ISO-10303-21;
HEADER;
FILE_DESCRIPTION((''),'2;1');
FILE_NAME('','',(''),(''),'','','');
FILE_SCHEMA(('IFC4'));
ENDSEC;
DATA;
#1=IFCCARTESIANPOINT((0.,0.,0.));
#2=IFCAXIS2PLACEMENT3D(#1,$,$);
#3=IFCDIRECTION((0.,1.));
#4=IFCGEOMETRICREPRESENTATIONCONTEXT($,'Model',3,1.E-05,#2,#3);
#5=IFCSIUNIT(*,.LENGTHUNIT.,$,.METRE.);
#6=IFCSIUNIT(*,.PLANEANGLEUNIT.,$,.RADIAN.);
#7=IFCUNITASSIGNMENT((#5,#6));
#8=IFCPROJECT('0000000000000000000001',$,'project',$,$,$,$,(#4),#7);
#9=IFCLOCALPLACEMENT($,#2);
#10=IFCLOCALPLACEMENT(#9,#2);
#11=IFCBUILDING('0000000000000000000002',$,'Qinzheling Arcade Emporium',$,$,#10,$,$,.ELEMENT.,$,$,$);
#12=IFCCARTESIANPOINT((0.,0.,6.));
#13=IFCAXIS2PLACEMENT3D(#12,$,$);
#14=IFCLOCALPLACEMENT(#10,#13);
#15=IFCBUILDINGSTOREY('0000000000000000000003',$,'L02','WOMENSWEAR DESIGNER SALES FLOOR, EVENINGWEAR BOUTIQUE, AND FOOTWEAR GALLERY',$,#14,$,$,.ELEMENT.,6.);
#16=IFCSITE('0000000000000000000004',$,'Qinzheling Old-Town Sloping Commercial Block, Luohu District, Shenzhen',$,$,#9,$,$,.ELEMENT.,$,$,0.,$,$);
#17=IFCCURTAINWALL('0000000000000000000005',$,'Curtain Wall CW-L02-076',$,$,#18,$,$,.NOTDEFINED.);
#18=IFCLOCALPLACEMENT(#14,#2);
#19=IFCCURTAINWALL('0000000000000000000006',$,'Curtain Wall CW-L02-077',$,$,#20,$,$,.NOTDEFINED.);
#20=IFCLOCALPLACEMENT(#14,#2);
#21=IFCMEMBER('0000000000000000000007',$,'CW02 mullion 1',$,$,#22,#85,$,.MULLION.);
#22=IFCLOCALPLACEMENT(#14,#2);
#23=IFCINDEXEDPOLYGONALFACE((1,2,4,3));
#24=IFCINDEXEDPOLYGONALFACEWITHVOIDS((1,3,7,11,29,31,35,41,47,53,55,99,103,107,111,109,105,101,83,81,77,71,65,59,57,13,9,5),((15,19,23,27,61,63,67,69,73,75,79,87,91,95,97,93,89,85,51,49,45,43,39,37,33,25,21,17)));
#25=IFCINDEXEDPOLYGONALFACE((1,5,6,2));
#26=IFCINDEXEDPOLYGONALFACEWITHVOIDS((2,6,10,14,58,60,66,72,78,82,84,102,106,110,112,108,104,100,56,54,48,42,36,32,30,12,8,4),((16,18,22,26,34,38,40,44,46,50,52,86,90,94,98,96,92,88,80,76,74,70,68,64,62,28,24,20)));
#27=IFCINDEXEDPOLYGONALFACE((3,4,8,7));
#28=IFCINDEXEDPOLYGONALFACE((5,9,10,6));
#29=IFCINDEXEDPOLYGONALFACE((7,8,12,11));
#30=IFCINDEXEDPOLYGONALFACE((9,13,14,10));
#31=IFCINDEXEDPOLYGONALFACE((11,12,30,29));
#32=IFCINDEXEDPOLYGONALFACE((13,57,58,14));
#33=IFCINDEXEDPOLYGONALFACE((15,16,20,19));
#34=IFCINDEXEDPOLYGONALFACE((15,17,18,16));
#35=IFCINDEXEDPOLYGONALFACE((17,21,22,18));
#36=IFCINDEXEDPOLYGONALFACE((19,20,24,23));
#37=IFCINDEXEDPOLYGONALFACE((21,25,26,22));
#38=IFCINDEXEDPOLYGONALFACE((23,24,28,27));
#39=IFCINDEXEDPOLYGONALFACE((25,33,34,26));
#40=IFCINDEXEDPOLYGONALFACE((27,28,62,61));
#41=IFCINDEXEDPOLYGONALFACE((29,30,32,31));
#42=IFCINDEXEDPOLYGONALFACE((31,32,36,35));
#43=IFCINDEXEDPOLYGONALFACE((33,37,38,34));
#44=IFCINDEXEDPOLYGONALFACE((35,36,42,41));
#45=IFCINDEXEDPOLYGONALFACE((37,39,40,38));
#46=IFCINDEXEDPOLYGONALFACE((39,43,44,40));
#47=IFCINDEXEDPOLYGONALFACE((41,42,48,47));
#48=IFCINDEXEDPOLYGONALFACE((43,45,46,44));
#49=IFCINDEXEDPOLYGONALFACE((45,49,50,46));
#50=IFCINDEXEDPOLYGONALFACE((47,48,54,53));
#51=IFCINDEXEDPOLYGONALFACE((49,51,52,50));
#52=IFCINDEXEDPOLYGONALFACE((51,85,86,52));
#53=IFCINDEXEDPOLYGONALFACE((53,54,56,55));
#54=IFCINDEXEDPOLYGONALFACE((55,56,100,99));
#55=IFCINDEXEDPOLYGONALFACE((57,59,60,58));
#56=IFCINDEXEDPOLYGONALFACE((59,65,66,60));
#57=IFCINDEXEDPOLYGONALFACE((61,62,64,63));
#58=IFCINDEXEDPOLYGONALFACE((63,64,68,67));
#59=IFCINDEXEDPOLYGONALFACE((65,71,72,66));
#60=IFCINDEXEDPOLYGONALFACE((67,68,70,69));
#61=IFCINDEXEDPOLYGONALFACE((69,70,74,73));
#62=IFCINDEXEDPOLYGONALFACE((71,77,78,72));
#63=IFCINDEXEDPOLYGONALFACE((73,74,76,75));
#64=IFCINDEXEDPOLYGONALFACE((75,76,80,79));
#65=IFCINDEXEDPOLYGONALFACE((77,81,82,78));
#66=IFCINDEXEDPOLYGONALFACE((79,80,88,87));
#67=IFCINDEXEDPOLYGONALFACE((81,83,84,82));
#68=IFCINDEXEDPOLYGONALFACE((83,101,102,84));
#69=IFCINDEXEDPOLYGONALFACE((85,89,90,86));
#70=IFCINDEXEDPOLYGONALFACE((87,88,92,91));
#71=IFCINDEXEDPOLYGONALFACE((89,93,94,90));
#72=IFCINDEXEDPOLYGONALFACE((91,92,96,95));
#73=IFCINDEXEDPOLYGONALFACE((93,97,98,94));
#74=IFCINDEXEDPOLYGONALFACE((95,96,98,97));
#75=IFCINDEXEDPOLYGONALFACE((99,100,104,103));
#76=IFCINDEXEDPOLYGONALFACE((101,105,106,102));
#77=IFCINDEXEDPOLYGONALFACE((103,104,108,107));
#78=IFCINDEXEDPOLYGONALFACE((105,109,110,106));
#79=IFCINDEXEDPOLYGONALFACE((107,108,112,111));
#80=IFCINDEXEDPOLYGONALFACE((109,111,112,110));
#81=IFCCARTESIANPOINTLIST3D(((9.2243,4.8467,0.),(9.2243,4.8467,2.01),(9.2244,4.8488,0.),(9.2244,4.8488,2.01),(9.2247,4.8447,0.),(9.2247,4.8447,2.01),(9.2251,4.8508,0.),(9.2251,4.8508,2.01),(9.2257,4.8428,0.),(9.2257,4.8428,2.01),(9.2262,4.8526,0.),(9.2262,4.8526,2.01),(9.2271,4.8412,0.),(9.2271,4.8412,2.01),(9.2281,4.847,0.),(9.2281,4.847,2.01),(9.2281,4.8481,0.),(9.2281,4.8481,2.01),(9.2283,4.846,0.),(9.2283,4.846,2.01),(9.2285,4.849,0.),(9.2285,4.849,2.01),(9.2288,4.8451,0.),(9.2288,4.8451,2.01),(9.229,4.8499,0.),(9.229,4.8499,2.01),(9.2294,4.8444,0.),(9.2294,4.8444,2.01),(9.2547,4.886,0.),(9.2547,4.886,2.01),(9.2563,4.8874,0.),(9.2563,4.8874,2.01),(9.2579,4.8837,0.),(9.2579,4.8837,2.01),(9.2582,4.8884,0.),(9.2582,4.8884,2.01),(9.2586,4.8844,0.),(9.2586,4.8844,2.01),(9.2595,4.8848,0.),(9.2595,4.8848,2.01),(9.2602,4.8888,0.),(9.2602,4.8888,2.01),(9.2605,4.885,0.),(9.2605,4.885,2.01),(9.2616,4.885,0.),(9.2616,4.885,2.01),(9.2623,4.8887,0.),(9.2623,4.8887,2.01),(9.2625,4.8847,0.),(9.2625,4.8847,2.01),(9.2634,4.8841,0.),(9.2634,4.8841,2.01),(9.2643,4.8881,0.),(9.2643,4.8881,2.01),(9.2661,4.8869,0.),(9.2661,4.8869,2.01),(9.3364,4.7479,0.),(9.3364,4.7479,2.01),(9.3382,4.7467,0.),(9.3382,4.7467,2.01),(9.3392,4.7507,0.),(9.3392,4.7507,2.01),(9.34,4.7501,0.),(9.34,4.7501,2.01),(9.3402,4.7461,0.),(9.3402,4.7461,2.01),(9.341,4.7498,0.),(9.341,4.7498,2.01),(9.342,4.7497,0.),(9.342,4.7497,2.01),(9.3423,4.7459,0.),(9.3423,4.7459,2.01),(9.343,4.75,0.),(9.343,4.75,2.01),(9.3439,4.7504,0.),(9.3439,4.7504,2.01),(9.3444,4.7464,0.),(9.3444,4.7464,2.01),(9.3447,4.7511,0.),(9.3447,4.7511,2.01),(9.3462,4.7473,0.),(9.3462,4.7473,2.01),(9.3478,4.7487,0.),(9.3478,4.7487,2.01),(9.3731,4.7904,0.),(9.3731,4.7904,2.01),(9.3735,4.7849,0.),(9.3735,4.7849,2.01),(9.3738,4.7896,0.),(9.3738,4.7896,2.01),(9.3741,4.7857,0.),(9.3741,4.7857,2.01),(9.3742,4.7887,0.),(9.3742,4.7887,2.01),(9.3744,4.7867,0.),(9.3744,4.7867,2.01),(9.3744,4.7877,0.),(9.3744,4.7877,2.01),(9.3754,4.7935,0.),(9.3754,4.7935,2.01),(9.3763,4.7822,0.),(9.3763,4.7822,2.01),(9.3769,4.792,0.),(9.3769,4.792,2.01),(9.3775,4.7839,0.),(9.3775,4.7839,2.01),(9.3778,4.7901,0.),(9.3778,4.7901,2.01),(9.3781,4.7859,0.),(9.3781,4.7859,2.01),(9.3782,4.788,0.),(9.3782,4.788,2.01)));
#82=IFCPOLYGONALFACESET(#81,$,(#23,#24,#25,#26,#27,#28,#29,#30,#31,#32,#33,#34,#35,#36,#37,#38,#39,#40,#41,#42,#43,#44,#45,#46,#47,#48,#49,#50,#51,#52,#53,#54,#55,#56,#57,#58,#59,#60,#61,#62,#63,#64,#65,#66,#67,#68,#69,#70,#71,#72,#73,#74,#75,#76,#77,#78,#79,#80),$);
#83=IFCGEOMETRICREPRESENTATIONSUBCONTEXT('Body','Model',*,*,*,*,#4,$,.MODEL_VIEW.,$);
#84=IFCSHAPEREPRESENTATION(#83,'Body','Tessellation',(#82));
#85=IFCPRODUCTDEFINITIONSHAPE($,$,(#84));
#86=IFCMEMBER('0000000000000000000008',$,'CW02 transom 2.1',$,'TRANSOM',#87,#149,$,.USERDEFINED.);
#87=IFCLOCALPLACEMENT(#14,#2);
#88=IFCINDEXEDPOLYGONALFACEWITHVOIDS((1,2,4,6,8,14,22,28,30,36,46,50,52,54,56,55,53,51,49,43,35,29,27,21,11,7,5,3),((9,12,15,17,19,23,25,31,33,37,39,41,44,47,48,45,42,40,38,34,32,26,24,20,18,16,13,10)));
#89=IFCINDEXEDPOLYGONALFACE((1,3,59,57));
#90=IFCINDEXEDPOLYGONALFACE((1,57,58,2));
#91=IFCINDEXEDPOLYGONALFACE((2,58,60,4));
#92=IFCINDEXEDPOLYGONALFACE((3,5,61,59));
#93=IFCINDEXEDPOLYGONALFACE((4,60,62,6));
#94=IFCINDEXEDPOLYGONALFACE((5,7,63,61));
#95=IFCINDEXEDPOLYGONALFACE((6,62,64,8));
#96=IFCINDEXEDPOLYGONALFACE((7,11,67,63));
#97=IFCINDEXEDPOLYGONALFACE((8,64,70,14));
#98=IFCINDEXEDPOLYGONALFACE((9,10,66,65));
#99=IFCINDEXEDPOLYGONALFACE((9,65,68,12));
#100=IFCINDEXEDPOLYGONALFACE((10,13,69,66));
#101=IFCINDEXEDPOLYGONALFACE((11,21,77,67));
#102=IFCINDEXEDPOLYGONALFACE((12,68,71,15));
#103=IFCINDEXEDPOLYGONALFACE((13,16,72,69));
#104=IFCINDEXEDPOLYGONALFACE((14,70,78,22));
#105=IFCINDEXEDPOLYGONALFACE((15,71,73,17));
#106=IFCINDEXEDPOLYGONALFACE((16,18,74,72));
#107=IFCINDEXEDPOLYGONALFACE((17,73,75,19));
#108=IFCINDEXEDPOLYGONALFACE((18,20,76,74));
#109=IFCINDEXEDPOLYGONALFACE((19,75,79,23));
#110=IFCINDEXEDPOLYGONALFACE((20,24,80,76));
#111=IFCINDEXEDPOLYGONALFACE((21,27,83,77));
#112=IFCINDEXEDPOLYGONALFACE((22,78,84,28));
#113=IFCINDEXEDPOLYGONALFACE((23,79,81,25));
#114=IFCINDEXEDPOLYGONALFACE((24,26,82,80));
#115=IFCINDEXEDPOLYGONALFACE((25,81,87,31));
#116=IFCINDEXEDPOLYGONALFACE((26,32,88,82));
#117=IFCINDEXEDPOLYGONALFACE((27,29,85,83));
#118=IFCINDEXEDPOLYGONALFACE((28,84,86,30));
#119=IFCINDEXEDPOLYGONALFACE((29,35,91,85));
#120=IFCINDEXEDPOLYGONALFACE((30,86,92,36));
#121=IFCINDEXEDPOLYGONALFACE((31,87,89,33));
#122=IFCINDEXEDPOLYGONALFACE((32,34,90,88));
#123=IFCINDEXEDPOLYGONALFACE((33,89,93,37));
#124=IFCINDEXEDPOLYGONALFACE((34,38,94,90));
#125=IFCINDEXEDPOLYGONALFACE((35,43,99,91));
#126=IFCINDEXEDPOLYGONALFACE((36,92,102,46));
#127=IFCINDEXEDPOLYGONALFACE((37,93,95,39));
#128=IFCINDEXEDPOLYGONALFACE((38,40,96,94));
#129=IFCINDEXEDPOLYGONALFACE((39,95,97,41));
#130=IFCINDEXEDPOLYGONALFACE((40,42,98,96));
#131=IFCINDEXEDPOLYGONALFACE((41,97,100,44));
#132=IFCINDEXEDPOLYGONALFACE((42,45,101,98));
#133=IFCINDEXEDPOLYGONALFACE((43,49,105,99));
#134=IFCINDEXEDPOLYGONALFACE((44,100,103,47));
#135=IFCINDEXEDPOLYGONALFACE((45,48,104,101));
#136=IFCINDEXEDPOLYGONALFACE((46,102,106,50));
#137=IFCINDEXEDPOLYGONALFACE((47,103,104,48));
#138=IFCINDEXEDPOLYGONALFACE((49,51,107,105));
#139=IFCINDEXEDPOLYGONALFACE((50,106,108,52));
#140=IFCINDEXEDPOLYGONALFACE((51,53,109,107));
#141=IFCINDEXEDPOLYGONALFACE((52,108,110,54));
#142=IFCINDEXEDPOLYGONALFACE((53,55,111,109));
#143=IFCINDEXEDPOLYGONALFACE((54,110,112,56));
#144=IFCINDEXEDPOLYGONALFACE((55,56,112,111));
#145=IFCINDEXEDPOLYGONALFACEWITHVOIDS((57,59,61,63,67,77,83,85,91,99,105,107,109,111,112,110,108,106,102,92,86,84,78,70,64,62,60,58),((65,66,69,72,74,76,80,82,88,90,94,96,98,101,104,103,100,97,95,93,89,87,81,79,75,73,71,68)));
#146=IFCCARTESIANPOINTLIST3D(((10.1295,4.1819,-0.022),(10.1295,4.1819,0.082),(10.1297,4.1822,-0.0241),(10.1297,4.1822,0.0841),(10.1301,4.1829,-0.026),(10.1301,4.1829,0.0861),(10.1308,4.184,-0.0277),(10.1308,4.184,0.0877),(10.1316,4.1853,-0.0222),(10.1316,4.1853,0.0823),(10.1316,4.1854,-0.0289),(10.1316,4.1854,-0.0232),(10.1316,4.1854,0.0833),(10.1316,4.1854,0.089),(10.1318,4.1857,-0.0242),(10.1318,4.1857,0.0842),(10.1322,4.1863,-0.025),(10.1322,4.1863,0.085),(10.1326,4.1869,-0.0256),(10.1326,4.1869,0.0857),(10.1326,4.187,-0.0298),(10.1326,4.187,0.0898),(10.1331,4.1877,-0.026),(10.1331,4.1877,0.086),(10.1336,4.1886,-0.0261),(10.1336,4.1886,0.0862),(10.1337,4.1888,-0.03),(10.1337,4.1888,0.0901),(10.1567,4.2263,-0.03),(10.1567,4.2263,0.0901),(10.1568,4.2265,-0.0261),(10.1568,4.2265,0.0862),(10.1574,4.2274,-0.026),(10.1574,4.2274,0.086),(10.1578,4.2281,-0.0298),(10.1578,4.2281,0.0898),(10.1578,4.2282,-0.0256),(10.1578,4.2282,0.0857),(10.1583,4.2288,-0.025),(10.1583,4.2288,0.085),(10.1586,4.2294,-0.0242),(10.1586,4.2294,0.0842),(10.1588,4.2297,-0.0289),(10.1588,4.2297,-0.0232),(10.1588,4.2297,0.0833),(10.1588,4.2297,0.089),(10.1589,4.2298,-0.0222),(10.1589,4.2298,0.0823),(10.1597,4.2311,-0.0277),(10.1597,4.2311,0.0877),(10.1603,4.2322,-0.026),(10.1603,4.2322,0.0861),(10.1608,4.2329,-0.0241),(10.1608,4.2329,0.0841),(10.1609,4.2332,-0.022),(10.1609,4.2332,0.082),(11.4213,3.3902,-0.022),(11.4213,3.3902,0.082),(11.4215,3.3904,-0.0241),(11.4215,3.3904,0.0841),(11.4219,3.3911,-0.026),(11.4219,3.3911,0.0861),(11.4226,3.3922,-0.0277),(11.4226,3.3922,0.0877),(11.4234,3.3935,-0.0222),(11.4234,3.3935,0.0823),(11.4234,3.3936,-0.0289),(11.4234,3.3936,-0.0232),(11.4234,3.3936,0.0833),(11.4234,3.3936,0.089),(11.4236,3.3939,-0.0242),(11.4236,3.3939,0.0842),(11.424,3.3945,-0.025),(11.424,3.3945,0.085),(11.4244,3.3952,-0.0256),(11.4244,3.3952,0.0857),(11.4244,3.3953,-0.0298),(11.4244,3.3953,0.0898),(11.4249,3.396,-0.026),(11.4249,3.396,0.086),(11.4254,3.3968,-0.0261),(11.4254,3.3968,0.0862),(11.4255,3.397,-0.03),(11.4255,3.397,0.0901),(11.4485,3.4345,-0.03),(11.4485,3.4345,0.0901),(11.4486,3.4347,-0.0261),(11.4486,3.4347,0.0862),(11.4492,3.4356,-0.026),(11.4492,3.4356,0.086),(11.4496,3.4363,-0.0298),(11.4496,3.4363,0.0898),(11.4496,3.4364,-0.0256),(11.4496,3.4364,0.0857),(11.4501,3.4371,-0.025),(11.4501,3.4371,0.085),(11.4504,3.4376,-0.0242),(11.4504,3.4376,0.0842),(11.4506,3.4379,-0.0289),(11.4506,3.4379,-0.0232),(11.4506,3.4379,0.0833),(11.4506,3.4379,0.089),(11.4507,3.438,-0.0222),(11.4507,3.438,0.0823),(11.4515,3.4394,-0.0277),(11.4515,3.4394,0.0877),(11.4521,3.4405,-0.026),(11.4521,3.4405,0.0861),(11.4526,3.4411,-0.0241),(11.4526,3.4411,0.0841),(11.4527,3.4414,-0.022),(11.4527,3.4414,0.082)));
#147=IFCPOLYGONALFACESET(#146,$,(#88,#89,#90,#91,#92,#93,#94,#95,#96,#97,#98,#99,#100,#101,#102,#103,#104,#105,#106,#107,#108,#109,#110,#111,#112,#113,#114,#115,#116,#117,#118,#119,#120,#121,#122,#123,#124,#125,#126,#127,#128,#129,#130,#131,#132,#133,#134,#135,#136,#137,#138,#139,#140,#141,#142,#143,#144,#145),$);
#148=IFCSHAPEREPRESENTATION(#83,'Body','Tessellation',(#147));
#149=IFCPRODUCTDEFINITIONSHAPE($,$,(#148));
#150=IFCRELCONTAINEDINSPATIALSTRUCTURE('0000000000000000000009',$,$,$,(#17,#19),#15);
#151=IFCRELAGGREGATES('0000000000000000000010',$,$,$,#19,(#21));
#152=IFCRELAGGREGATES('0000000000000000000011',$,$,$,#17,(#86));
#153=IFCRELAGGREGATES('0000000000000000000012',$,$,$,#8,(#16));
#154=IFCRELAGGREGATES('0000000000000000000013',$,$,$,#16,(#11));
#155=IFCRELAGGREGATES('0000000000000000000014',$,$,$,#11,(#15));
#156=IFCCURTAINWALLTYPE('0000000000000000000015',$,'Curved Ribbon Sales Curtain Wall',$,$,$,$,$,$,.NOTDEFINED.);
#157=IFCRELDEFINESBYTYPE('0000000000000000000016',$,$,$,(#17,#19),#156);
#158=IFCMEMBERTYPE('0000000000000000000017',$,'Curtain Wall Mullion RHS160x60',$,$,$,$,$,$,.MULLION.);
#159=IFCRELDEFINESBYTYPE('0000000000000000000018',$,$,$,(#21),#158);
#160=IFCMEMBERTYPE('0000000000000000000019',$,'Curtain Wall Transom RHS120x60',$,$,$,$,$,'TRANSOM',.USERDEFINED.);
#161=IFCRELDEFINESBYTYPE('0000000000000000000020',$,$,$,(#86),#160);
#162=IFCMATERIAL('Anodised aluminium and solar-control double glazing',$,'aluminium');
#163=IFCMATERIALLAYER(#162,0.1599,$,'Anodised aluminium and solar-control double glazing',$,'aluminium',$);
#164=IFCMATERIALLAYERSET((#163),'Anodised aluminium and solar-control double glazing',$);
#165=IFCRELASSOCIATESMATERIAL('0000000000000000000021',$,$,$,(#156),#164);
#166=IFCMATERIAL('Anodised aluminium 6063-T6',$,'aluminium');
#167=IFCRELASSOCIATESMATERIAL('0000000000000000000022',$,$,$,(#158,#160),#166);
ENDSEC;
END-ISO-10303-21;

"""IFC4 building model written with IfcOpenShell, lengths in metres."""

from ifc_helpers import new_model, si_unit, direction, frame, origin, origin_2d, place, context, subcontext, project, spatial, hollow_rectangle, extrude, material, layer, layer_set, material_profile, profile_set, type_object, element, aggregate, save


model = new_model("IFC4")

# Units and contexts
model_context = context("Model", 3, precision=1e-05, world=origin(), true_north=direction((0.0, 1.0)))
body_context = subcontext(model_context, "Body", "Model", "MODEL_VIEW")
ifc_project = project(units=[si_unit("LENGTHUNIT", "METRE"), si_unit("PLANEANGLEUNIT", "RADIAN")], contexts=[model_context])

# Site, building, storey
site_placement = place(None, origin())
site = spatial("IfcSite", under=ifc_project, at=site_placement, Name="Qinzheling Old-Town Sloping Commercial Block, Luohu District, Shenzhen", CompositionType="ELEMENT", RefElevation=0.0)
building_placement = place(site_placement, origin())
building = spatial("IfcBuilding", under=site, at=building_placement, Name="Qinzheling Arcade Emporium", CompositionType="ELEMENT")
storey_placement = place(building_placement, frame((0.0, 0.0, 6.0)))
storey = spatial("IfcBuildingStorey", under=building, at=storey_placement, Name="L02", Description="WOMENSWEAR DESIGNER SALES FLOOR, EVENINGWEAR BOUTIQUE, AND FOOTWEAR GALLERY", CompositionType="ELEMENT", Elevation=6.0)

# Curtain wall
ifc_material_1 = material(Name="Anodised aluminium and solar-control double glazing", Category="aluminium")
ifc_layer_1 = layer(ifc_material_1, 0.1599, Name="Anodised aluminium and solar-control double glazing", Category="aluminium")
ifc_layer_set_1 = layer_set([ifc_layer_1], Name="Anodised aluminium and solar-control double glazing")
curtain_wall_type = type_object("IfcCurtainWallType", Name="Curved Ribbon Sales Curtain Wall", PredefinedType="NOTDEFINED", material=ifc_layer_set_1)
curtain_wall_1_placement = place(storey_placement, origin())
curtain_wall_1 = element("IfcCurtainWall", 1, at=curtain_wall_1_placement, inside=storey, type_object=curtain_wall_type, Name="Curtain Wall CW-L02-076", PredefinedType="NOTDEFINED")
ifc_material_2 = material(Name="Anodised aluminium 6063-T6", Category="aluminium")
ifc_material_profile_1 = material_profile(ifc_material_2, hollow_rectangle(XDim=0.0601, YDim=0.1599, WallThickness=0.0039, InnerFilletRadius=0.0039, OuterFilletRadius=0.0081, at=origin_2d()), Name="RHS 160x60x4", Category="aluminium")
ifc_profile_set_1 = profile_set([ifc_material_profile_1], Name="Anodised aluminium 6063-T6")
member_type_1 = type_object("IfcMemberType", Name="Curtain Wall Mullion RHS160x60", PredefinedType="MULLION", material=ifc_profile_set_1)

# Curtain wall, member
curtain_wall_2_placement = place(storey_placement, origin())
curtain_wall_2 = element("IfcCurtainWall", 2, at=curtain_wall_2_placement, inside=storey, type_object=curtain_wall_type, Name="Curtain Wall CW-L02-077", PredefinedType="NOTDEFINED")
member_1_placement = place(storey_placement, frame((9.3013, 4.8174, 0.0), z_axis=(0.0, 0.0, 1.0), x_axis=(-0.649482, -0.760377, 0.0)))
member_1 = element("IfcMember", 3, at=member_1_placement, type_object=member_type_1, Name="CW02 mullion 1", PredefinedType="MULLION", context=body_context, shape_type="SweptSolid", body=[
    extrude(hollow_rectangle(XDim=0.0601, YDim=0.1599, WallThickness=0.0039, InnerFilletRadius=0.0039, OuterFilletRadius=0.0081, at=origin_2d()), origin(), (0.0, 0.0, 1.0), 2.01),
])

# Member
ifc_material_profile_2 = material_profile(ifc_material_2, hollow_rectangle(XDim=0.0601, YDim=0.1201, WallThickness=0.0039, InnerFilletRadius=0.0039, OuterFilletRadius=0.0081, at=origin_2d()), Name="RHS 120x60x4", Category="aluminium")
ifc_profile_set_2 = profile_set([ifc_material_profile_2], Name="Anodised aluminium 6063-T6")
member_type_2 = type_object("IfcMemberType", Name="Curtain Wall Transom RHS120x60", ElementType="TRANSOM", PredefinedType="USERDEFINED", material=ifc_profile_set_2)
member_2_placement = place(storey_placement, frame((11.437, 3.4158, 0.03), z_axis=(-0.852592, 0.522577, 0.0), x_axis=(-0.522577, -0.852592, 0.0)))
member_2 = element("IfcMember", 4, at=member_2_placement, type_object=member_type_2, Name="CW02 transom 2.1", ObjectType="TRANSOM", PredefinedType="USERDEFINED", context=body_context, shape_type="SweptSolid", body=[
    extrude(hollow_rectangle(XDim=0.0601, YDim=0.1201, WallThickness=0.0039, InnerFilletRadius=0.0039, OuterFilletRadius=0.0081, at=origin_2d()), origin(), (0.0, 0.0, 1.0), 1.5151),
])
aggregate(curtain_wall_2, [member_1])

aggregate(curtain_wall_1, [member_2])

save(model, "model.ifc")
